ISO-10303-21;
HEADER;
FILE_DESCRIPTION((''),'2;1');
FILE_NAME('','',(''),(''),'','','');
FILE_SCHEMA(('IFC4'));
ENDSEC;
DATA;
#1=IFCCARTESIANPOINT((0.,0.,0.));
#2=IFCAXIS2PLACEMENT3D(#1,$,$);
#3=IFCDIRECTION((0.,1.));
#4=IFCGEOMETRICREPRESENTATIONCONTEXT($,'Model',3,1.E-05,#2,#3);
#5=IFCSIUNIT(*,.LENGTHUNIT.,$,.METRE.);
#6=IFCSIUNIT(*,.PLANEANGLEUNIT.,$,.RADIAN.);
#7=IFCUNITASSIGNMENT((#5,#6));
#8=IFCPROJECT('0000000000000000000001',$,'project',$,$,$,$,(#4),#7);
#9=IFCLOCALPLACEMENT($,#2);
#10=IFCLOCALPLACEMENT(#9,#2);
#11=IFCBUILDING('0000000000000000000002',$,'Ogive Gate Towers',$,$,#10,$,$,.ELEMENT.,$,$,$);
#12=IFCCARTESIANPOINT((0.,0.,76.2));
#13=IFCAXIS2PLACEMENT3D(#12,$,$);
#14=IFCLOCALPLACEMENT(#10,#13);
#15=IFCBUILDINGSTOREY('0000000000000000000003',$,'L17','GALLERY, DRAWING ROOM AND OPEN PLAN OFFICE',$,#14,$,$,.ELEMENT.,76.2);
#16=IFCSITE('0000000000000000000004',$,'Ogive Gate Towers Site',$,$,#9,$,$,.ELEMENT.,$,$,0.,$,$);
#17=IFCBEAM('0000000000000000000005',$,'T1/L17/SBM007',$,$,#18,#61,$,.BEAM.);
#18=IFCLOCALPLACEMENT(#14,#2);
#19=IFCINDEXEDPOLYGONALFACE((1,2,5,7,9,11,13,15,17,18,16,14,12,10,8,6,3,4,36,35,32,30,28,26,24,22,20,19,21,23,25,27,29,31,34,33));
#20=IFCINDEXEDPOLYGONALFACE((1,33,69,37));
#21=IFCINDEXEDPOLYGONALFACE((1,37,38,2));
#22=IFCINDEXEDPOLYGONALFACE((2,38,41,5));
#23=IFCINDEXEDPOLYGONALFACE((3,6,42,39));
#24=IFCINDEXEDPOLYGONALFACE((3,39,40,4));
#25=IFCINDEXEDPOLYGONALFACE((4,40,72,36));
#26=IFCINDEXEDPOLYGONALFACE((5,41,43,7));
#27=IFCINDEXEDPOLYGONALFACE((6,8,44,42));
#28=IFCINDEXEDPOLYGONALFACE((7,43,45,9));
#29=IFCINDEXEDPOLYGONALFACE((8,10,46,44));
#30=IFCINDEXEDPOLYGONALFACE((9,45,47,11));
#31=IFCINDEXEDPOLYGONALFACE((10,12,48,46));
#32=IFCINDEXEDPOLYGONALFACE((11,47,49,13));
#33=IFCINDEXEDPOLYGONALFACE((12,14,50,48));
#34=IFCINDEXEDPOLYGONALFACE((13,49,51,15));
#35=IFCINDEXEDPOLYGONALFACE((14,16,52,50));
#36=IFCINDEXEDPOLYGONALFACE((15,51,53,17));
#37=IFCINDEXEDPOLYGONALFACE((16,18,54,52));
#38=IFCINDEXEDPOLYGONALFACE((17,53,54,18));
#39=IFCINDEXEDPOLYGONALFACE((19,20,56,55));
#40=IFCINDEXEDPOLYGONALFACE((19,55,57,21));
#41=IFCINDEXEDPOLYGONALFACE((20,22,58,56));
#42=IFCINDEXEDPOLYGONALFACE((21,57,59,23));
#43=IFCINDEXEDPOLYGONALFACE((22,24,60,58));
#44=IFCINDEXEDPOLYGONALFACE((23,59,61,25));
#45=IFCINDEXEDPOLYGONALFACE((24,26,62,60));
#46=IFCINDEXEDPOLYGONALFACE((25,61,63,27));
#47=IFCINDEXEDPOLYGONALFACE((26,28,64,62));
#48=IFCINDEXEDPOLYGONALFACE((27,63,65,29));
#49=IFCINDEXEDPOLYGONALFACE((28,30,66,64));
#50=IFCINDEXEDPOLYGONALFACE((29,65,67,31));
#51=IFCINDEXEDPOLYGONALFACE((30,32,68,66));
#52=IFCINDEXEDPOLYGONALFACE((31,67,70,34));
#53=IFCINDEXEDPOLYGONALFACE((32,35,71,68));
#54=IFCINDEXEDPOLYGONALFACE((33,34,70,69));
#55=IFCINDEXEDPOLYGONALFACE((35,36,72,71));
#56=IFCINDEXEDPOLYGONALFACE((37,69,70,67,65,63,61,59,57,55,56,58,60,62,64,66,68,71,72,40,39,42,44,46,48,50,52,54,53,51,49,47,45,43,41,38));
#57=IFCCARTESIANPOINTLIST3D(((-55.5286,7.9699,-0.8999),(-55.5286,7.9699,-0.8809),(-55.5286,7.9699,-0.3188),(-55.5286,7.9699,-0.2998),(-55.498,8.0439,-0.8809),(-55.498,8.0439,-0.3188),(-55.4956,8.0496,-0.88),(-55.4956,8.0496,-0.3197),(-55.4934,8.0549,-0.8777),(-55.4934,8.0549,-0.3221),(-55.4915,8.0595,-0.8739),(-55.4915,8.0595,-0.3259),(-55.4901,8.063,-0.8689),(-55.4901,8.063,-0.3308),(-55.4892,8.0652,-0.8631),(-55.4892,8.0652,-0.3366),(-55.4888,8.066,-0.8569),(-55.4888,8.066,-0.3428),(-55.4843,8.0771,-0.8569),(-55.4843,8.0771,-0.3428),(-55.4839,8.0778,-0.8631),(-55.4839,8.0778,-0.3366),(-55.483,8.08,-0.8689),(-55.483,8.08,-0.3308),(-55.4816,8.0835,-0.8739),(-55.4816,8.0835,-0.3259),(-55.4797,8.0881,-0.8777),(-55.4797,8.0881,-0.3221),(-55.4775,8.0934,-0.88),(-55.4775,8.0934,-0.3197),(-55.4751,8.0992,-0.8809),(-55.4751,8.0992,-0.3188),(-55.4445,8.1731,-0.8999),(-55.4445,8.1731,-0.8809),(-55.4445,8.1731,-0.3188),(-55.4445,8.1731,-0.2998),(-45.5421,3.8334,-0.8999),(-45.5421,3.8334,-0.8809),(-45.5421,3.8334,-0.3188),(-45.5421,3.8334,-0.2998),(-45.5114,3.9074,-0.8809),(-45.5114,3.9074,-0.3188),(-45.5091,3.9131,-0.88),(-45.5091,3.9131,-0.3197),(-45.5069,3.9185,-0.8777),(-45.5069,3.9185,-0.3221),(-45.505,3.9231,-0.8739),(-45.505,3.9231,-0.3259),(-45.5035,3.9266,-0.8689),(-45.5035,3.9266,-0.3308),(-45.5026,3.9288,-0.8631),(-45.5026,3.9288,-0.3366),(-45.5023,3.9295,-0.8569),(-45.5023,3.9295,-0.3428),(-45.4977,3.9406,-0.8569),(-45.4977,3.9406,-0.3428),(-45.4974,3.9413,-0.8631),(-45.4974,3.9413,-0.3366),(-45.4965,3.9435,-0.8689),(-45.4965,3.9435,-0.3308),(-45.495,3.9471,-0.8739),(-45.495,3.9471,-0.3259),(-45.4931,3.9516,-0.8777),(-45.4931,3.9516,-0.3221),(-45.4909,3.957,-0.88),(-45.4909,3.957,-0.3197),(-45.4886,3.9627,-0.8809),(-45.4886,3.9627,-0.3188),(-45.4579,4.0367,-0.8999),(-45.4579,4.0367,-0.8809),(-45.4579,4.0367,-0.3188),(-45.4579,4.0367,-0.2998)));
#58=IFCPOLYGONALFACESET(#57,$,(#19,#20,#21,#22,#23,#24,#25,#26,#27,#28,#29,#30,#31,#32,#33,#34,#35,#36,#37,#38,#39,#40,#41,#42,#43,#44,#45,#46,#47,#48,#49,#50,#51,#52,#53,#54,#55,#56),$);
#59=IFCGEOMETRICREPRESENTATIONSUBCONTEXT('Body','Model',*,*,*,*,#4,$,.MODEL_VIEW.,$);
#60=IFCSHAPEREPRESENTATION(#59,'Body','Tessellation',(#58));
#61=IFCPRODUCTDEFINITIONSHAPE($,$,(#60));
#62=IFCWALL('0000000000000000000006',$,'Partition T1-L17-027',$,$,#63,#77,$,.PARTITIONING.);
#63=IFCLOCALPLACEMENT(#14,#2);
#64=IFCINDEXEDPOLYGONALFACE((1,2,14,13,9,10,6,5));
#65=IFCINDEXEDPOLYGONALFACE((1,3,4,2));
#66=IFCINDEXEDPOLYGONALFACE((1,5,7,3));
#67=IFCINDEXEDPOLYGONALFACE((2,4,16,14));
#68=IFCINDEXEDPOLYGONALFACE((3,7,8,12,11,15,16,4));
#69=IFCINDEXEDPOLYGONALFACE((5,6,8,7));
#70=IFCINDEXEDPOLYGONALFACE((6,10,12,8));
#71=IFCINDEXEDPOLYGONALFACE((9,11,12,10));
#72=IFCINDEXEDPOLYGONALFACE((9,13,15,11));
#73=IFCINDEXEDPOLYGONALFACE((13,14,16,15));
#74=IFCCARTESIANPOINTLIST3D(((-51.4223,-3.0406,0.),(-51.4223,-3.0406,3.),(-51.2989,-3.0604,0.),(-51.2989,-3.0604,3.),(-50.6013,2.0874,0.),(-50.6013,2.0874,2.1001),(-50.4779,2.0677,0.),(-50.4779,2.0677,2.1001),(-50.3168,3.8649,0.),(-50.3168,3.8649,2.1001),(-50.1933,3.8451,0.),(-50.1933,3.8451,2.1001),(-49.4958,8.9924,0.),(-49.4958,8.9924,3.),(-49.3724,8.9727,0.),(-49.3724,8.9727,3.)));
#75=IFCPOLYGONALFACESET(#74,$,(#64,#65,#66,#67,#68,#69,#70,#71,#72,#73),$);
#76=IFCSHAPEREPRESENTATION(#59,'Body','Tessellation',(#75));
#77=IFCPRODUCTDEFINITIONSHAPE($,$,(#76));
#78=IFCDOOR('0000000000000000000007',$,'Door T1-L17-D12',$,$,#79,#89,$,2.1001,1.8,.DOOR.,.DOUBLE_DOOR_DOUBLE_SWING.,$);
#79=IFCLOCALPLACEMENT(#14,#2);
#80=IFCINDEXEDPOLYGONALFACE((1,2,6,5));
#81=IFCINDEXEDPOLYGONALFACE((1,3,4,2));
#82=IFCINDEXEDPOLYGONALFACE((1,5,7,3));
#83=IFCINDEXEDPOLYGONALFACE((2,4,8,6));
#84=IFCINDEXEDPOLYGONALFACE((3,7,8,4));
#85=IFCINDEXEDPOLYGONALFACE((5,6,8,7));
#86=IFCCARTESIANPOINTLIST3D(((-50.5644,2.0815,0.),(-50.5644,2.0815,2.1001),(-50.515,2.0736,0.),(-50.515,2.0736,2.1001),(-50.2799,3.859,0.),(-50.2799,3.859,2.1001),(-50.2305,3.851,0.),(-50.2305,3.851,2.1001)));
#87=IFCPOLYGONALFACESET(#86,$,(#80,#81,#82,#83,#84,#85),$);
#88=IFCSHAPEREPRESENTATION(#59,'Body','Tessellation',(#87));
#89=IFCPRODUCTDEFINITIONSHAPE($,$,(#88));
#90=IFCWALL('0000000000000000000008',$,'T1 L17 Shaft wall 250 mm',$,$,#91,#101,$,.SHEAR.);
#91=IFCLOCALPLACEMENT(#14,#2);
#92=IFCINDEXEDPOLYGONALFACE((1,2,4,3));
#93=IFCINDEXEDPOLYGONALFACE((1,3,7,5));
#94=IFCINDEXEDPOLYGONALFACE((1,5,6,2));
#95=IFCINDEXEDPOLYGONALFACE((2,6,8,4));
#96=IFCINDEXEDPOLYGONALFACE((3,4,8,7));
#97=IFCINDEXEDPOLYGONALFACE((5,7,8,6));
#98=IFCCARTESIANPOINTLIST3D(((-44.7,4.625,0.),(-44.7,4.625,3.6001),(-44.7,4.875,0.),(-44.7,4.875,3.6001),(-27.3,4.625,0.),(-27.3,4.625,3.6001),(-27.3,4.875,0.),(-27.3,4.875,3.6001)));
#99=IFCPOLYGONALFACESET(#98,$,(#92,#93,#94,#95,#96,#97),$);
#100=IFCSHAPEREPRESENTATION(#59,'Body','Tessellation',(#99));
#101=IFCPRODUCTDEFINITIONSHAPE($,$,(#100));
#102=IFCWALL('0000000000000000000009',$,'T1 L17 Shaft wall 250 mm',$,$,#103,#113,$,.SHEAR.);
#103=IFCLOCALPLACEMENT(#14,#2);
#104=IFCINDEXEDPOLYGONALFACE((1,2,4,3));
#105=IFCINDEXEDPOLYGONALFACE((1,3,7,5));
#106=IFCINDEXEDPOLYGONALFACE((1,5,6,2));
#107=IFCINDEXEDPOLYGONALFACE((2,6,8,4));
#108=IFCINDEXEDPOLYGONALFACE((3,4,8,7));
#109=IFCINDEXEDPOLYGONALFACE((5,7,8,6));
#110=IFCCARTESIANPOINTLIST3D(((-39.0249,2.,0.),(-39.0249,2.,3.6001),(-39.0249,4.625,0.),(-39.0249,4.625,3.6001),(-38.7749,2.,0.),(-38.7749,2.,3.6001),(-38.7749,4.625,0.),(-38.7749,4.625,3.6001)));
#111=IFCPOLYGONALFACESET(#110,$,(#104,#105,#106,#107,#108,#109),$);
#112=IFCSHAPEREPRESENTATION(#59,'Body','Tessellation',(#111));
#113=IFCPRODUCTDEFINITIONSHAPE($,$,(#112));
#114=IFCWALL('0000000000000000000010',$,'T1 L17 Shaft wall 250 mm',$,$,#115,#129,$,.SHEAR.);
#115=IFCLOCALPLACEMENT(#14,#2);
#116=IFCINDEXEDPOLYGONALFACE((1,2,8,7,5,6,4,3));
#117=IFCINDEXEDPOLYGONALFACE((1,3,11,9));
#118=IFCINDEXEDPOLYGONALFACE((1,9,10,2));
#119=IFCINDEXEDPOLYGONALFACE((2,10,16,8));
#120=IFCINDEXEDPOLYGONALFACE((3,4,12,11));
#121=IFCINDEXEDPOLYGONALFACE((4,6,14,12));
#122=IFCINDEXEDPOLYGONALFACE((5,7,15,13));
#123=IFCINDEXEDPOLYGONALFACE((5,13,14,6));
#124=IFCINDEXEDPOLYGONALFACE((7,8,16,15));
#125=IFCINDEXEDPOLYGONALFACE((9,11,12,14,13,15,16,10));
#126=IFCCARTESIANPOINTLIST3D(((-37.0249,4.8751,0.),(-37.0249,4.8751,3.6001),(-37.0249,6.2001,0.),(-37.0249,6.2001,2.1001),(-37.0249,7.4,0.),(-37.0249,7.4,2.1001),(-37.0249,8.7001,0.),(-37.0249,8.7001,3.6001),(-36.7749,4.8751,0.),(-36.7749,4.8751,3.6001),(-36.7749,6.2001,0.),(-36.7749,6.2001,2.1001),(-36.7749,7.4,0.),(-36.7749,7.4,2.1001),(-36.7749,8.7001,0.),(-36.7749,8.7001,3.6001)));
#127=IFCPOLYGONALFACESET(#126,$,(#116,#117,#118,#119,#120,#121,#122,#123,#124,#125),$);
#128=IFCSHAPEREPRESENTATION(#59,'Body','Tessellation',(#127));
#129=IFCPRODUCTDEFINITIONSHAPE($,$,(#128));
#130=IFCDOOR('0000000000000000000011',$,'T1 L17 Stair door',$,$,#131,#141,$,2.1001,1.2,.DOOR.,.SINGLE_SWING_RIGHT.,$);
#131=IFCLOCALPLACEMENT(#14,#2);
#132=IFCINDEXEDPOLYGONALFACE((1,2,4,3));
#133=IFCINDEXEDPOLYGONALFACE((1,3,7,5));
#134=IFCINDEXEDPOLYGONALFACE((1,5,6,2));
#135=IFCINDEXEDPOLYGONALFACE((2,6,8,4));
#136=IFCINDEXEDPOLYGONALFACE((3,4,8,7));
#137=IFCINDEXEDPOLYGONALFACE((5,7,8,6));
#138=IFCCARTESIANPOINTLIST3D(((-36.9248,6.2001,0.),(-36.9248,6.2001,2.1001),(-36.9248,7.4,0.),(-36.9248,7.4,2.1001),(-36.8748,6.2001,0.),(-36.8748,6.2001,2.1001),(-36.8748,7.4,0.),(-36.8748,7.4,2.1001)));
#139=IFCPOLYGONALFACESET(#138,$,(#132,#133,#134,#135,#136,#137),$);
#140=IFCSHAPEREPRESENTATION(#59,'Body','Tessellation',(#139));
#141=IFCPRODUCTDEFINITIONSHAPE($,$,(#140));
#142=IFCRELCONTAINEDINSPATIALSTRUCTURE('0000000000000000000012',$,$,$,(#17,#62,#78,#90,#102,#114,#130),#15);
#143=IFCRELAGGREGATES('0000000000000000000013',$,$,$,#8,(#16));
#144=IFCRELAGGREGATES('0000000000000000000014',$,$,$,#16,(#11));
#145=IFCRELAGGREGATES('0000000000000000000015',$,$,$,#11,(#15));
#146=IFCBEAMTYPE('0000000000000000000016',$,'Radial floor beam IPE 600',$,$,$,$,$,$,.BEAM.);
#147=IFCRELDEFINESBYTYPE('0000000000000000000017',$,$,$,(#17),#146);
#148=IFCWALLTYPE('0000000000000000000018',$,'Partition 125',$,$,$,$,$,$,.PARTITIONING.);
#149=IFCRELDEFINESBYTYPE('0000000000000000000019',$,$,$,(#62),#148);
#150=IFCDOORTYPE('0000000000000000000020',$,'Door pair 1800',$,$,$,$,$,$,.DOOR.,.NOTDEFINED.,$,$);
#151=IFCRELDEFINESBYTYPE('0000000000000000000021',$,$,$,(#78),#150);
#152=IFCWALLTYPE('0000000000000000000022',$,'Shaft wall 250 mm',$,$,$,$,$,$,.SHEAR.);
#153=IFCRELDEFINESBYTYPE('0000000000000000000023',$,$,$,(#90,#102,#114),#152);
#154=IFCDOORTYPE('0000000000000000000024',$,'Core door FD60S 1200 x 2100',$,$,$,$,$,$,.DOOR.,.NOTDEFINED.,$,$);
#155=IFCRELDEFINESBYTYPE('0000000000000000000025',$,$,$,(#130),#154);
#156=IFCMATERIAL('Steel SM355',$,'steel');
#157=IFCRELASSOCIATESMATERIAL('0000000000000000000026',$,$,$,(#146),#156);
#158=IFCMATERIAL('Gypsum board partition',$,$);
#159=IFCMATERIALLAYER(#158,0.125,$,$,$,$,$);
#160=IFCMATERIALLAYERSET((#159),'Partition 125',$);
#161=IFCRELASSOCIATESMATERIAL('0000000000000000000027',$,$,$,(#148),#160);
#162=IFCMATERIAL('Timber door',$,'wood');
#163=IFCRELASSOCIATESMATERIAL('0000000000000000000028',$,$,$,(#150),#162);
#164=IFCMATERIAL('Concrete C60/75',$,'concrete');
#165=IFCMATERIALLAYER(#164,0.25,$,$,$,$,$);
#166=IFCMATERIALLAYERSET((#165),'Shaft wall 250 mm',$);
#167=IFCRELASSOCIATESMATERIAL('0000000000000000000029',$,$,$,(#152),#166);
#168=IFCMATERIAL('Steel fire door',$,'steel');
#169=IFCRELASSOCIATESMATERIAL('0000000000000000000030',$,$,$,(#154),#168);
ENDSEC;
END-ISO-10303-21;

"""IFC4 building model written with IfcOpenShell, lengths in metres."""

from ifc_helpers import new_model, si_unit, direction, frame, frame_2d, origin, origin_2d, place, context, subcontext, project, spatial, rectangle, i_section, extrude, material, layer, layer_set, material_profile, profile_set, type_object, element, fill, save


model = new_model("IFC4")

# Units and contexts
model_context = context("Model", 3, precision=1e-05, world=origin(), true_north=direction((0.0, 1.0)))
body_context = subcontext(model_context, "Body", "Model", "MODEL_VIEW")
ifc_project = project(units=[si_unit("LENGTHUNIT", "METRE"), si_unit("PLANEANGLEUNIT", "RADIAN")], contexts=[model_context])

# Site, building, storey
site_placement = place(None, origin())
site = spatial("IfcSite", under=ifc_project, at=site_placement, Name="Ogive Gate Towers Site", CompositionType="ELEMENT", RefElevation=0.0)
building_placement = place(site_placement, origin())
building = spatial("IfcBuilding", under=site, at=building_placement, Name="Ogive Gate Towers", CompositionType="ELEMENT")
storey_placement = place(building_placement, frame((0.0, 0.0, 76.2)))
storey = spatial("IfcBuildingStorey", under=building, at=storey_placement, Name="L17", Description="GALLERY, DRAWING ROOM AND OPEN PLAN OFFICE", CompositionType="ELEMENT", Elevation=76.2)

# Beam
ifc_material_1 = material(Name="Steel SM355", Category="steel")
ifc_material_profile = material_profile(ifc_material_1, i_section(OverallWidth=0.22, OverallDepth=0.6001, WebThickness=0.012, FlangeThickness=0.019, FilletRadius=0.0239, at=origin_2d()), Name="IPE 600")
ifc_profile_set = profile_set([ifc_material_profile], Name="Steel SM355")
beam_type = type_object("IfcBeamType", Name="Radial floor beam IPE 600", PredefinedType="BEAM", material=ifc_profile_set)
beam_placement = place(storey_placement, frame((-45.5, 3.9351, -0.5999), z_axis=(-0.923883, 0.382676, 0.0), x_axis=(-0.382676, -0.923883, 0.0)))
element("IfcBeam", 1, at=beam_placement, inside=storey, type_object=beam_type, Name="T1/L17/SBM007", PredefinedType="BEAM", context=body_context, shape_type="SweptSolid", body=[
    extrude(i_section(OverallWidth=0.22, OverallDepth=0.6001, WebThickness=0.012, FlangeThickness=0.019, FilletRadius=0.0239, at=origin_2d()), origin(), (0.0, 0.0, 1.0), 10.8093),
])

# Wall, opening, door
ifc_material_2 = material(Name="Gypsum board partition")
ifc_layer_1 = layer(ifc_material_2, 0.125)
ifc_layer_set_1 = layer_set([ifc_layer_1], Name="Partition 125")
wall_type_1 = type_object("IfcWallType", Name="Partition 125", PredefinedType="PARTITIONING", material=ifc_layer_set_1)
wall_1_placement = place(storey_placement, frame((-49.4341, 8.9827, 0.0), z_axis=(0.0, 0.0, 1.0), x_axis=(-0.15809, -0.987425, 0.0)))
wall_1 = element("IfcWall", 2, at=wall_1_placement, inside=storey, type_object=wall_type_1, Name="Partition T1-L17-027", PredefinedType="PARTITIONING", context=body_context, shape_type="SweptSolid", body=[
    extrude(rectangle(XDim=12.1863, YDim=0.125, at=frame_2d((6.0933, 0.0))), origin(), (0.0, 0.0, 1.0), 3.0),
])
opening_1_placement = place(wall_1_placement, frame((5.1931, 0.0, 0.0)))
opening_1 = element("IfcOpeningElement", 3, at=opening_1_placement, cuts=wall_1, PredefinedType="OPENING", context=body_context, shape_type="SweptSolid", body=[
    extrude(rectangle(XDim=1.8, YDim=2.1001, at=frame_2d((0.8999, 1.05))), frame((0.0, 0.0725, 0.0), z_axis=(0.0, -1.0, 0.0), x_axis=(1.0, 0.0, 0.0)), (0.0, 0.0, 1.0), 0.145),
])
ifc_material_3 = material(Name="Timber door", Category="wood")
door_type_1 = type_object("IfcDoorType", Name="Door pair 1800", OperationType="NOTDEFINED", PredefinedType="DOOR", material=ifc_material_3)
door_1_placement = place(opening_1_placement, origin())
door_1 = element("IfcDoor", 4, at=door_1_placement, inside=storey, type_object=door_type_1, Name="Door T1-L17-D12", OperationType="DOUBLE_DOOR_DOUBLE_SWING", OverallHeight=2.1001, OverallWidth=1.8, PredefinedType="DOOR", context=body_context, shape_type="SweptSolid", body=[
    extrude(rectangle(XDim=1.8, YDim=2.1001, at=frame_2d((0.8999, 1.05))), frame((0.0, 0.0249, 0.0), z_axis=(0.0, -1.0, 0.0), x_axis=(1.0, 0.0, 0.0)), (0.0, 0.0, 1.0), 0.05),
])
fill(opening_1, door_1)

# Walls
ifc_material_4 = material(Name="Concrete C60/75", Category="concrete")
ifc_layer_2 = layer(ifc_material_4, 0.25)
ifc_layer_set_2 = layer_set([ifc_layer_2], Name="Shaft wall 250 mm")
wall_type_2 = type_object("IfcWallType", Name="Shaft wall 250 mm", PredefinedType="SHEAR", material=ifc_layer_set_2)
wall_2_placement = place(storey_placement, frame((-44.7, 4.75, 0.0), z_axis=(0.0, 0.0, 1.0), x_axis=(1.0, 0.0, 0.0)))
element("IfcWall", 5, at=wall_2_placement, inside=storey, type_object=wall_type_2, Name="T1 L17 Shaft wall 250 mm", PredefinedType="SHEAR", context=body_context, shape_type="SweptSolid", body=[
    extrude(rectangle(XDim=17.3999, YDim=0.25, at=frame_2d((8.7, 0.0))), origin(), (0.0, 0.0, 1.0), 3.6001),
])
wall_3_placement = place(storey_placement, frame((-38.8999, 2.0, 0.0), z_axis=(0.0, 0.0, 1.0), x_axis=(0.0, 1.0, 0.0)))
element("IfcWall", 6, at=wall_3_placement, inside=storey, type_object=wall_type_2, Name="T1 L17 Shaft wall 250 mm", PredefinedType="SHEAR", context=body_context, shape_type="SweptSolid", body=[
    extrude(rectangle(XDim=2.625, YDim=0.25, at=frame_2d((1.3125, 0.0))), origin(), (0.0, 0.0, 1.0), 3.6001),
])

# Wall, opening, door
wall_4_placement = place(storey_placement, frame((-36.8999, 4.875, 0.0), z_axis=(0.0, 0.0, 1.0), x_axis=(0.0, 1.0, 0.0)))
wall_4 = element("IfcWall", 7, at=wall_4_placement, inside=storey, type_object=wall_type_2, Name="T1 L17 Shaft wall 250 mm", PredefinedType="SHEAR", context=body_context, shape_type="SweptSolid", body=[
    extrude(rectangle(XDim=3.825, YDim=0.25, at=frame_2d((1.9126, 0.0))), origin(), (0.0, 0.0, 1.0), 3.6001),
])
opening_2_placement = place(wall_4_placement, frame((1.325, 0.0, 0.0)))
opening_2 = element("IfcOpeningElement", 8, at=opening_2_placement, cuts=wall_4, PredefinedType="OPENING", context=body_context, shape_type="SweptSolid", body=[
    extrude(rectangle(XDim=1.2, YDim=2.1001, at=frame_2d((0.6001, 1.05))), frame((0.0, 0.135, 0.0), z_axis=(0.0, -1.0, 0.0), x_axis=(1.0, 0.0, 0.0)), (0.0, 0.0, 1.0), 0.27),
])
ifc_material_5 = material(Name="Steel fire door", Category="steel")
door_type_2 = type_object("IfcDoorType", Name="Core door FD60S 1200 x 2100", OperationType="NOTDEFINED", PredefinedType="DOOR", material=ifc_material_5)
door_2_placement = place(opening_2_placement, origin())
door_2 = element("IfcDoor", 9, at=door_2_placement, inside=storey, type_object=door_type_2, Name="T1 L17 Stair door", OperationType="SINGLE_SWING_RIGHT", OverallHeight=2.1001, OverallWidth=1.2, PredefinedType="DOOR", context=body_context, shape_type="SweptSolid", body=[
    extrude(rectangle(XDim=1.2, YDim=2.1001, at=frame_2d((0.6001, 1.05))), frame((0.0, 0.0249, 0.0), z_axis=(0.0, -1.0, 0.0), x_axis=(1.0, 0.0, 0.0)), (0.0, 0.0, 1.0), 0.05),
])
fill(opening_2, door_2)

save(model, "model.ifc")
